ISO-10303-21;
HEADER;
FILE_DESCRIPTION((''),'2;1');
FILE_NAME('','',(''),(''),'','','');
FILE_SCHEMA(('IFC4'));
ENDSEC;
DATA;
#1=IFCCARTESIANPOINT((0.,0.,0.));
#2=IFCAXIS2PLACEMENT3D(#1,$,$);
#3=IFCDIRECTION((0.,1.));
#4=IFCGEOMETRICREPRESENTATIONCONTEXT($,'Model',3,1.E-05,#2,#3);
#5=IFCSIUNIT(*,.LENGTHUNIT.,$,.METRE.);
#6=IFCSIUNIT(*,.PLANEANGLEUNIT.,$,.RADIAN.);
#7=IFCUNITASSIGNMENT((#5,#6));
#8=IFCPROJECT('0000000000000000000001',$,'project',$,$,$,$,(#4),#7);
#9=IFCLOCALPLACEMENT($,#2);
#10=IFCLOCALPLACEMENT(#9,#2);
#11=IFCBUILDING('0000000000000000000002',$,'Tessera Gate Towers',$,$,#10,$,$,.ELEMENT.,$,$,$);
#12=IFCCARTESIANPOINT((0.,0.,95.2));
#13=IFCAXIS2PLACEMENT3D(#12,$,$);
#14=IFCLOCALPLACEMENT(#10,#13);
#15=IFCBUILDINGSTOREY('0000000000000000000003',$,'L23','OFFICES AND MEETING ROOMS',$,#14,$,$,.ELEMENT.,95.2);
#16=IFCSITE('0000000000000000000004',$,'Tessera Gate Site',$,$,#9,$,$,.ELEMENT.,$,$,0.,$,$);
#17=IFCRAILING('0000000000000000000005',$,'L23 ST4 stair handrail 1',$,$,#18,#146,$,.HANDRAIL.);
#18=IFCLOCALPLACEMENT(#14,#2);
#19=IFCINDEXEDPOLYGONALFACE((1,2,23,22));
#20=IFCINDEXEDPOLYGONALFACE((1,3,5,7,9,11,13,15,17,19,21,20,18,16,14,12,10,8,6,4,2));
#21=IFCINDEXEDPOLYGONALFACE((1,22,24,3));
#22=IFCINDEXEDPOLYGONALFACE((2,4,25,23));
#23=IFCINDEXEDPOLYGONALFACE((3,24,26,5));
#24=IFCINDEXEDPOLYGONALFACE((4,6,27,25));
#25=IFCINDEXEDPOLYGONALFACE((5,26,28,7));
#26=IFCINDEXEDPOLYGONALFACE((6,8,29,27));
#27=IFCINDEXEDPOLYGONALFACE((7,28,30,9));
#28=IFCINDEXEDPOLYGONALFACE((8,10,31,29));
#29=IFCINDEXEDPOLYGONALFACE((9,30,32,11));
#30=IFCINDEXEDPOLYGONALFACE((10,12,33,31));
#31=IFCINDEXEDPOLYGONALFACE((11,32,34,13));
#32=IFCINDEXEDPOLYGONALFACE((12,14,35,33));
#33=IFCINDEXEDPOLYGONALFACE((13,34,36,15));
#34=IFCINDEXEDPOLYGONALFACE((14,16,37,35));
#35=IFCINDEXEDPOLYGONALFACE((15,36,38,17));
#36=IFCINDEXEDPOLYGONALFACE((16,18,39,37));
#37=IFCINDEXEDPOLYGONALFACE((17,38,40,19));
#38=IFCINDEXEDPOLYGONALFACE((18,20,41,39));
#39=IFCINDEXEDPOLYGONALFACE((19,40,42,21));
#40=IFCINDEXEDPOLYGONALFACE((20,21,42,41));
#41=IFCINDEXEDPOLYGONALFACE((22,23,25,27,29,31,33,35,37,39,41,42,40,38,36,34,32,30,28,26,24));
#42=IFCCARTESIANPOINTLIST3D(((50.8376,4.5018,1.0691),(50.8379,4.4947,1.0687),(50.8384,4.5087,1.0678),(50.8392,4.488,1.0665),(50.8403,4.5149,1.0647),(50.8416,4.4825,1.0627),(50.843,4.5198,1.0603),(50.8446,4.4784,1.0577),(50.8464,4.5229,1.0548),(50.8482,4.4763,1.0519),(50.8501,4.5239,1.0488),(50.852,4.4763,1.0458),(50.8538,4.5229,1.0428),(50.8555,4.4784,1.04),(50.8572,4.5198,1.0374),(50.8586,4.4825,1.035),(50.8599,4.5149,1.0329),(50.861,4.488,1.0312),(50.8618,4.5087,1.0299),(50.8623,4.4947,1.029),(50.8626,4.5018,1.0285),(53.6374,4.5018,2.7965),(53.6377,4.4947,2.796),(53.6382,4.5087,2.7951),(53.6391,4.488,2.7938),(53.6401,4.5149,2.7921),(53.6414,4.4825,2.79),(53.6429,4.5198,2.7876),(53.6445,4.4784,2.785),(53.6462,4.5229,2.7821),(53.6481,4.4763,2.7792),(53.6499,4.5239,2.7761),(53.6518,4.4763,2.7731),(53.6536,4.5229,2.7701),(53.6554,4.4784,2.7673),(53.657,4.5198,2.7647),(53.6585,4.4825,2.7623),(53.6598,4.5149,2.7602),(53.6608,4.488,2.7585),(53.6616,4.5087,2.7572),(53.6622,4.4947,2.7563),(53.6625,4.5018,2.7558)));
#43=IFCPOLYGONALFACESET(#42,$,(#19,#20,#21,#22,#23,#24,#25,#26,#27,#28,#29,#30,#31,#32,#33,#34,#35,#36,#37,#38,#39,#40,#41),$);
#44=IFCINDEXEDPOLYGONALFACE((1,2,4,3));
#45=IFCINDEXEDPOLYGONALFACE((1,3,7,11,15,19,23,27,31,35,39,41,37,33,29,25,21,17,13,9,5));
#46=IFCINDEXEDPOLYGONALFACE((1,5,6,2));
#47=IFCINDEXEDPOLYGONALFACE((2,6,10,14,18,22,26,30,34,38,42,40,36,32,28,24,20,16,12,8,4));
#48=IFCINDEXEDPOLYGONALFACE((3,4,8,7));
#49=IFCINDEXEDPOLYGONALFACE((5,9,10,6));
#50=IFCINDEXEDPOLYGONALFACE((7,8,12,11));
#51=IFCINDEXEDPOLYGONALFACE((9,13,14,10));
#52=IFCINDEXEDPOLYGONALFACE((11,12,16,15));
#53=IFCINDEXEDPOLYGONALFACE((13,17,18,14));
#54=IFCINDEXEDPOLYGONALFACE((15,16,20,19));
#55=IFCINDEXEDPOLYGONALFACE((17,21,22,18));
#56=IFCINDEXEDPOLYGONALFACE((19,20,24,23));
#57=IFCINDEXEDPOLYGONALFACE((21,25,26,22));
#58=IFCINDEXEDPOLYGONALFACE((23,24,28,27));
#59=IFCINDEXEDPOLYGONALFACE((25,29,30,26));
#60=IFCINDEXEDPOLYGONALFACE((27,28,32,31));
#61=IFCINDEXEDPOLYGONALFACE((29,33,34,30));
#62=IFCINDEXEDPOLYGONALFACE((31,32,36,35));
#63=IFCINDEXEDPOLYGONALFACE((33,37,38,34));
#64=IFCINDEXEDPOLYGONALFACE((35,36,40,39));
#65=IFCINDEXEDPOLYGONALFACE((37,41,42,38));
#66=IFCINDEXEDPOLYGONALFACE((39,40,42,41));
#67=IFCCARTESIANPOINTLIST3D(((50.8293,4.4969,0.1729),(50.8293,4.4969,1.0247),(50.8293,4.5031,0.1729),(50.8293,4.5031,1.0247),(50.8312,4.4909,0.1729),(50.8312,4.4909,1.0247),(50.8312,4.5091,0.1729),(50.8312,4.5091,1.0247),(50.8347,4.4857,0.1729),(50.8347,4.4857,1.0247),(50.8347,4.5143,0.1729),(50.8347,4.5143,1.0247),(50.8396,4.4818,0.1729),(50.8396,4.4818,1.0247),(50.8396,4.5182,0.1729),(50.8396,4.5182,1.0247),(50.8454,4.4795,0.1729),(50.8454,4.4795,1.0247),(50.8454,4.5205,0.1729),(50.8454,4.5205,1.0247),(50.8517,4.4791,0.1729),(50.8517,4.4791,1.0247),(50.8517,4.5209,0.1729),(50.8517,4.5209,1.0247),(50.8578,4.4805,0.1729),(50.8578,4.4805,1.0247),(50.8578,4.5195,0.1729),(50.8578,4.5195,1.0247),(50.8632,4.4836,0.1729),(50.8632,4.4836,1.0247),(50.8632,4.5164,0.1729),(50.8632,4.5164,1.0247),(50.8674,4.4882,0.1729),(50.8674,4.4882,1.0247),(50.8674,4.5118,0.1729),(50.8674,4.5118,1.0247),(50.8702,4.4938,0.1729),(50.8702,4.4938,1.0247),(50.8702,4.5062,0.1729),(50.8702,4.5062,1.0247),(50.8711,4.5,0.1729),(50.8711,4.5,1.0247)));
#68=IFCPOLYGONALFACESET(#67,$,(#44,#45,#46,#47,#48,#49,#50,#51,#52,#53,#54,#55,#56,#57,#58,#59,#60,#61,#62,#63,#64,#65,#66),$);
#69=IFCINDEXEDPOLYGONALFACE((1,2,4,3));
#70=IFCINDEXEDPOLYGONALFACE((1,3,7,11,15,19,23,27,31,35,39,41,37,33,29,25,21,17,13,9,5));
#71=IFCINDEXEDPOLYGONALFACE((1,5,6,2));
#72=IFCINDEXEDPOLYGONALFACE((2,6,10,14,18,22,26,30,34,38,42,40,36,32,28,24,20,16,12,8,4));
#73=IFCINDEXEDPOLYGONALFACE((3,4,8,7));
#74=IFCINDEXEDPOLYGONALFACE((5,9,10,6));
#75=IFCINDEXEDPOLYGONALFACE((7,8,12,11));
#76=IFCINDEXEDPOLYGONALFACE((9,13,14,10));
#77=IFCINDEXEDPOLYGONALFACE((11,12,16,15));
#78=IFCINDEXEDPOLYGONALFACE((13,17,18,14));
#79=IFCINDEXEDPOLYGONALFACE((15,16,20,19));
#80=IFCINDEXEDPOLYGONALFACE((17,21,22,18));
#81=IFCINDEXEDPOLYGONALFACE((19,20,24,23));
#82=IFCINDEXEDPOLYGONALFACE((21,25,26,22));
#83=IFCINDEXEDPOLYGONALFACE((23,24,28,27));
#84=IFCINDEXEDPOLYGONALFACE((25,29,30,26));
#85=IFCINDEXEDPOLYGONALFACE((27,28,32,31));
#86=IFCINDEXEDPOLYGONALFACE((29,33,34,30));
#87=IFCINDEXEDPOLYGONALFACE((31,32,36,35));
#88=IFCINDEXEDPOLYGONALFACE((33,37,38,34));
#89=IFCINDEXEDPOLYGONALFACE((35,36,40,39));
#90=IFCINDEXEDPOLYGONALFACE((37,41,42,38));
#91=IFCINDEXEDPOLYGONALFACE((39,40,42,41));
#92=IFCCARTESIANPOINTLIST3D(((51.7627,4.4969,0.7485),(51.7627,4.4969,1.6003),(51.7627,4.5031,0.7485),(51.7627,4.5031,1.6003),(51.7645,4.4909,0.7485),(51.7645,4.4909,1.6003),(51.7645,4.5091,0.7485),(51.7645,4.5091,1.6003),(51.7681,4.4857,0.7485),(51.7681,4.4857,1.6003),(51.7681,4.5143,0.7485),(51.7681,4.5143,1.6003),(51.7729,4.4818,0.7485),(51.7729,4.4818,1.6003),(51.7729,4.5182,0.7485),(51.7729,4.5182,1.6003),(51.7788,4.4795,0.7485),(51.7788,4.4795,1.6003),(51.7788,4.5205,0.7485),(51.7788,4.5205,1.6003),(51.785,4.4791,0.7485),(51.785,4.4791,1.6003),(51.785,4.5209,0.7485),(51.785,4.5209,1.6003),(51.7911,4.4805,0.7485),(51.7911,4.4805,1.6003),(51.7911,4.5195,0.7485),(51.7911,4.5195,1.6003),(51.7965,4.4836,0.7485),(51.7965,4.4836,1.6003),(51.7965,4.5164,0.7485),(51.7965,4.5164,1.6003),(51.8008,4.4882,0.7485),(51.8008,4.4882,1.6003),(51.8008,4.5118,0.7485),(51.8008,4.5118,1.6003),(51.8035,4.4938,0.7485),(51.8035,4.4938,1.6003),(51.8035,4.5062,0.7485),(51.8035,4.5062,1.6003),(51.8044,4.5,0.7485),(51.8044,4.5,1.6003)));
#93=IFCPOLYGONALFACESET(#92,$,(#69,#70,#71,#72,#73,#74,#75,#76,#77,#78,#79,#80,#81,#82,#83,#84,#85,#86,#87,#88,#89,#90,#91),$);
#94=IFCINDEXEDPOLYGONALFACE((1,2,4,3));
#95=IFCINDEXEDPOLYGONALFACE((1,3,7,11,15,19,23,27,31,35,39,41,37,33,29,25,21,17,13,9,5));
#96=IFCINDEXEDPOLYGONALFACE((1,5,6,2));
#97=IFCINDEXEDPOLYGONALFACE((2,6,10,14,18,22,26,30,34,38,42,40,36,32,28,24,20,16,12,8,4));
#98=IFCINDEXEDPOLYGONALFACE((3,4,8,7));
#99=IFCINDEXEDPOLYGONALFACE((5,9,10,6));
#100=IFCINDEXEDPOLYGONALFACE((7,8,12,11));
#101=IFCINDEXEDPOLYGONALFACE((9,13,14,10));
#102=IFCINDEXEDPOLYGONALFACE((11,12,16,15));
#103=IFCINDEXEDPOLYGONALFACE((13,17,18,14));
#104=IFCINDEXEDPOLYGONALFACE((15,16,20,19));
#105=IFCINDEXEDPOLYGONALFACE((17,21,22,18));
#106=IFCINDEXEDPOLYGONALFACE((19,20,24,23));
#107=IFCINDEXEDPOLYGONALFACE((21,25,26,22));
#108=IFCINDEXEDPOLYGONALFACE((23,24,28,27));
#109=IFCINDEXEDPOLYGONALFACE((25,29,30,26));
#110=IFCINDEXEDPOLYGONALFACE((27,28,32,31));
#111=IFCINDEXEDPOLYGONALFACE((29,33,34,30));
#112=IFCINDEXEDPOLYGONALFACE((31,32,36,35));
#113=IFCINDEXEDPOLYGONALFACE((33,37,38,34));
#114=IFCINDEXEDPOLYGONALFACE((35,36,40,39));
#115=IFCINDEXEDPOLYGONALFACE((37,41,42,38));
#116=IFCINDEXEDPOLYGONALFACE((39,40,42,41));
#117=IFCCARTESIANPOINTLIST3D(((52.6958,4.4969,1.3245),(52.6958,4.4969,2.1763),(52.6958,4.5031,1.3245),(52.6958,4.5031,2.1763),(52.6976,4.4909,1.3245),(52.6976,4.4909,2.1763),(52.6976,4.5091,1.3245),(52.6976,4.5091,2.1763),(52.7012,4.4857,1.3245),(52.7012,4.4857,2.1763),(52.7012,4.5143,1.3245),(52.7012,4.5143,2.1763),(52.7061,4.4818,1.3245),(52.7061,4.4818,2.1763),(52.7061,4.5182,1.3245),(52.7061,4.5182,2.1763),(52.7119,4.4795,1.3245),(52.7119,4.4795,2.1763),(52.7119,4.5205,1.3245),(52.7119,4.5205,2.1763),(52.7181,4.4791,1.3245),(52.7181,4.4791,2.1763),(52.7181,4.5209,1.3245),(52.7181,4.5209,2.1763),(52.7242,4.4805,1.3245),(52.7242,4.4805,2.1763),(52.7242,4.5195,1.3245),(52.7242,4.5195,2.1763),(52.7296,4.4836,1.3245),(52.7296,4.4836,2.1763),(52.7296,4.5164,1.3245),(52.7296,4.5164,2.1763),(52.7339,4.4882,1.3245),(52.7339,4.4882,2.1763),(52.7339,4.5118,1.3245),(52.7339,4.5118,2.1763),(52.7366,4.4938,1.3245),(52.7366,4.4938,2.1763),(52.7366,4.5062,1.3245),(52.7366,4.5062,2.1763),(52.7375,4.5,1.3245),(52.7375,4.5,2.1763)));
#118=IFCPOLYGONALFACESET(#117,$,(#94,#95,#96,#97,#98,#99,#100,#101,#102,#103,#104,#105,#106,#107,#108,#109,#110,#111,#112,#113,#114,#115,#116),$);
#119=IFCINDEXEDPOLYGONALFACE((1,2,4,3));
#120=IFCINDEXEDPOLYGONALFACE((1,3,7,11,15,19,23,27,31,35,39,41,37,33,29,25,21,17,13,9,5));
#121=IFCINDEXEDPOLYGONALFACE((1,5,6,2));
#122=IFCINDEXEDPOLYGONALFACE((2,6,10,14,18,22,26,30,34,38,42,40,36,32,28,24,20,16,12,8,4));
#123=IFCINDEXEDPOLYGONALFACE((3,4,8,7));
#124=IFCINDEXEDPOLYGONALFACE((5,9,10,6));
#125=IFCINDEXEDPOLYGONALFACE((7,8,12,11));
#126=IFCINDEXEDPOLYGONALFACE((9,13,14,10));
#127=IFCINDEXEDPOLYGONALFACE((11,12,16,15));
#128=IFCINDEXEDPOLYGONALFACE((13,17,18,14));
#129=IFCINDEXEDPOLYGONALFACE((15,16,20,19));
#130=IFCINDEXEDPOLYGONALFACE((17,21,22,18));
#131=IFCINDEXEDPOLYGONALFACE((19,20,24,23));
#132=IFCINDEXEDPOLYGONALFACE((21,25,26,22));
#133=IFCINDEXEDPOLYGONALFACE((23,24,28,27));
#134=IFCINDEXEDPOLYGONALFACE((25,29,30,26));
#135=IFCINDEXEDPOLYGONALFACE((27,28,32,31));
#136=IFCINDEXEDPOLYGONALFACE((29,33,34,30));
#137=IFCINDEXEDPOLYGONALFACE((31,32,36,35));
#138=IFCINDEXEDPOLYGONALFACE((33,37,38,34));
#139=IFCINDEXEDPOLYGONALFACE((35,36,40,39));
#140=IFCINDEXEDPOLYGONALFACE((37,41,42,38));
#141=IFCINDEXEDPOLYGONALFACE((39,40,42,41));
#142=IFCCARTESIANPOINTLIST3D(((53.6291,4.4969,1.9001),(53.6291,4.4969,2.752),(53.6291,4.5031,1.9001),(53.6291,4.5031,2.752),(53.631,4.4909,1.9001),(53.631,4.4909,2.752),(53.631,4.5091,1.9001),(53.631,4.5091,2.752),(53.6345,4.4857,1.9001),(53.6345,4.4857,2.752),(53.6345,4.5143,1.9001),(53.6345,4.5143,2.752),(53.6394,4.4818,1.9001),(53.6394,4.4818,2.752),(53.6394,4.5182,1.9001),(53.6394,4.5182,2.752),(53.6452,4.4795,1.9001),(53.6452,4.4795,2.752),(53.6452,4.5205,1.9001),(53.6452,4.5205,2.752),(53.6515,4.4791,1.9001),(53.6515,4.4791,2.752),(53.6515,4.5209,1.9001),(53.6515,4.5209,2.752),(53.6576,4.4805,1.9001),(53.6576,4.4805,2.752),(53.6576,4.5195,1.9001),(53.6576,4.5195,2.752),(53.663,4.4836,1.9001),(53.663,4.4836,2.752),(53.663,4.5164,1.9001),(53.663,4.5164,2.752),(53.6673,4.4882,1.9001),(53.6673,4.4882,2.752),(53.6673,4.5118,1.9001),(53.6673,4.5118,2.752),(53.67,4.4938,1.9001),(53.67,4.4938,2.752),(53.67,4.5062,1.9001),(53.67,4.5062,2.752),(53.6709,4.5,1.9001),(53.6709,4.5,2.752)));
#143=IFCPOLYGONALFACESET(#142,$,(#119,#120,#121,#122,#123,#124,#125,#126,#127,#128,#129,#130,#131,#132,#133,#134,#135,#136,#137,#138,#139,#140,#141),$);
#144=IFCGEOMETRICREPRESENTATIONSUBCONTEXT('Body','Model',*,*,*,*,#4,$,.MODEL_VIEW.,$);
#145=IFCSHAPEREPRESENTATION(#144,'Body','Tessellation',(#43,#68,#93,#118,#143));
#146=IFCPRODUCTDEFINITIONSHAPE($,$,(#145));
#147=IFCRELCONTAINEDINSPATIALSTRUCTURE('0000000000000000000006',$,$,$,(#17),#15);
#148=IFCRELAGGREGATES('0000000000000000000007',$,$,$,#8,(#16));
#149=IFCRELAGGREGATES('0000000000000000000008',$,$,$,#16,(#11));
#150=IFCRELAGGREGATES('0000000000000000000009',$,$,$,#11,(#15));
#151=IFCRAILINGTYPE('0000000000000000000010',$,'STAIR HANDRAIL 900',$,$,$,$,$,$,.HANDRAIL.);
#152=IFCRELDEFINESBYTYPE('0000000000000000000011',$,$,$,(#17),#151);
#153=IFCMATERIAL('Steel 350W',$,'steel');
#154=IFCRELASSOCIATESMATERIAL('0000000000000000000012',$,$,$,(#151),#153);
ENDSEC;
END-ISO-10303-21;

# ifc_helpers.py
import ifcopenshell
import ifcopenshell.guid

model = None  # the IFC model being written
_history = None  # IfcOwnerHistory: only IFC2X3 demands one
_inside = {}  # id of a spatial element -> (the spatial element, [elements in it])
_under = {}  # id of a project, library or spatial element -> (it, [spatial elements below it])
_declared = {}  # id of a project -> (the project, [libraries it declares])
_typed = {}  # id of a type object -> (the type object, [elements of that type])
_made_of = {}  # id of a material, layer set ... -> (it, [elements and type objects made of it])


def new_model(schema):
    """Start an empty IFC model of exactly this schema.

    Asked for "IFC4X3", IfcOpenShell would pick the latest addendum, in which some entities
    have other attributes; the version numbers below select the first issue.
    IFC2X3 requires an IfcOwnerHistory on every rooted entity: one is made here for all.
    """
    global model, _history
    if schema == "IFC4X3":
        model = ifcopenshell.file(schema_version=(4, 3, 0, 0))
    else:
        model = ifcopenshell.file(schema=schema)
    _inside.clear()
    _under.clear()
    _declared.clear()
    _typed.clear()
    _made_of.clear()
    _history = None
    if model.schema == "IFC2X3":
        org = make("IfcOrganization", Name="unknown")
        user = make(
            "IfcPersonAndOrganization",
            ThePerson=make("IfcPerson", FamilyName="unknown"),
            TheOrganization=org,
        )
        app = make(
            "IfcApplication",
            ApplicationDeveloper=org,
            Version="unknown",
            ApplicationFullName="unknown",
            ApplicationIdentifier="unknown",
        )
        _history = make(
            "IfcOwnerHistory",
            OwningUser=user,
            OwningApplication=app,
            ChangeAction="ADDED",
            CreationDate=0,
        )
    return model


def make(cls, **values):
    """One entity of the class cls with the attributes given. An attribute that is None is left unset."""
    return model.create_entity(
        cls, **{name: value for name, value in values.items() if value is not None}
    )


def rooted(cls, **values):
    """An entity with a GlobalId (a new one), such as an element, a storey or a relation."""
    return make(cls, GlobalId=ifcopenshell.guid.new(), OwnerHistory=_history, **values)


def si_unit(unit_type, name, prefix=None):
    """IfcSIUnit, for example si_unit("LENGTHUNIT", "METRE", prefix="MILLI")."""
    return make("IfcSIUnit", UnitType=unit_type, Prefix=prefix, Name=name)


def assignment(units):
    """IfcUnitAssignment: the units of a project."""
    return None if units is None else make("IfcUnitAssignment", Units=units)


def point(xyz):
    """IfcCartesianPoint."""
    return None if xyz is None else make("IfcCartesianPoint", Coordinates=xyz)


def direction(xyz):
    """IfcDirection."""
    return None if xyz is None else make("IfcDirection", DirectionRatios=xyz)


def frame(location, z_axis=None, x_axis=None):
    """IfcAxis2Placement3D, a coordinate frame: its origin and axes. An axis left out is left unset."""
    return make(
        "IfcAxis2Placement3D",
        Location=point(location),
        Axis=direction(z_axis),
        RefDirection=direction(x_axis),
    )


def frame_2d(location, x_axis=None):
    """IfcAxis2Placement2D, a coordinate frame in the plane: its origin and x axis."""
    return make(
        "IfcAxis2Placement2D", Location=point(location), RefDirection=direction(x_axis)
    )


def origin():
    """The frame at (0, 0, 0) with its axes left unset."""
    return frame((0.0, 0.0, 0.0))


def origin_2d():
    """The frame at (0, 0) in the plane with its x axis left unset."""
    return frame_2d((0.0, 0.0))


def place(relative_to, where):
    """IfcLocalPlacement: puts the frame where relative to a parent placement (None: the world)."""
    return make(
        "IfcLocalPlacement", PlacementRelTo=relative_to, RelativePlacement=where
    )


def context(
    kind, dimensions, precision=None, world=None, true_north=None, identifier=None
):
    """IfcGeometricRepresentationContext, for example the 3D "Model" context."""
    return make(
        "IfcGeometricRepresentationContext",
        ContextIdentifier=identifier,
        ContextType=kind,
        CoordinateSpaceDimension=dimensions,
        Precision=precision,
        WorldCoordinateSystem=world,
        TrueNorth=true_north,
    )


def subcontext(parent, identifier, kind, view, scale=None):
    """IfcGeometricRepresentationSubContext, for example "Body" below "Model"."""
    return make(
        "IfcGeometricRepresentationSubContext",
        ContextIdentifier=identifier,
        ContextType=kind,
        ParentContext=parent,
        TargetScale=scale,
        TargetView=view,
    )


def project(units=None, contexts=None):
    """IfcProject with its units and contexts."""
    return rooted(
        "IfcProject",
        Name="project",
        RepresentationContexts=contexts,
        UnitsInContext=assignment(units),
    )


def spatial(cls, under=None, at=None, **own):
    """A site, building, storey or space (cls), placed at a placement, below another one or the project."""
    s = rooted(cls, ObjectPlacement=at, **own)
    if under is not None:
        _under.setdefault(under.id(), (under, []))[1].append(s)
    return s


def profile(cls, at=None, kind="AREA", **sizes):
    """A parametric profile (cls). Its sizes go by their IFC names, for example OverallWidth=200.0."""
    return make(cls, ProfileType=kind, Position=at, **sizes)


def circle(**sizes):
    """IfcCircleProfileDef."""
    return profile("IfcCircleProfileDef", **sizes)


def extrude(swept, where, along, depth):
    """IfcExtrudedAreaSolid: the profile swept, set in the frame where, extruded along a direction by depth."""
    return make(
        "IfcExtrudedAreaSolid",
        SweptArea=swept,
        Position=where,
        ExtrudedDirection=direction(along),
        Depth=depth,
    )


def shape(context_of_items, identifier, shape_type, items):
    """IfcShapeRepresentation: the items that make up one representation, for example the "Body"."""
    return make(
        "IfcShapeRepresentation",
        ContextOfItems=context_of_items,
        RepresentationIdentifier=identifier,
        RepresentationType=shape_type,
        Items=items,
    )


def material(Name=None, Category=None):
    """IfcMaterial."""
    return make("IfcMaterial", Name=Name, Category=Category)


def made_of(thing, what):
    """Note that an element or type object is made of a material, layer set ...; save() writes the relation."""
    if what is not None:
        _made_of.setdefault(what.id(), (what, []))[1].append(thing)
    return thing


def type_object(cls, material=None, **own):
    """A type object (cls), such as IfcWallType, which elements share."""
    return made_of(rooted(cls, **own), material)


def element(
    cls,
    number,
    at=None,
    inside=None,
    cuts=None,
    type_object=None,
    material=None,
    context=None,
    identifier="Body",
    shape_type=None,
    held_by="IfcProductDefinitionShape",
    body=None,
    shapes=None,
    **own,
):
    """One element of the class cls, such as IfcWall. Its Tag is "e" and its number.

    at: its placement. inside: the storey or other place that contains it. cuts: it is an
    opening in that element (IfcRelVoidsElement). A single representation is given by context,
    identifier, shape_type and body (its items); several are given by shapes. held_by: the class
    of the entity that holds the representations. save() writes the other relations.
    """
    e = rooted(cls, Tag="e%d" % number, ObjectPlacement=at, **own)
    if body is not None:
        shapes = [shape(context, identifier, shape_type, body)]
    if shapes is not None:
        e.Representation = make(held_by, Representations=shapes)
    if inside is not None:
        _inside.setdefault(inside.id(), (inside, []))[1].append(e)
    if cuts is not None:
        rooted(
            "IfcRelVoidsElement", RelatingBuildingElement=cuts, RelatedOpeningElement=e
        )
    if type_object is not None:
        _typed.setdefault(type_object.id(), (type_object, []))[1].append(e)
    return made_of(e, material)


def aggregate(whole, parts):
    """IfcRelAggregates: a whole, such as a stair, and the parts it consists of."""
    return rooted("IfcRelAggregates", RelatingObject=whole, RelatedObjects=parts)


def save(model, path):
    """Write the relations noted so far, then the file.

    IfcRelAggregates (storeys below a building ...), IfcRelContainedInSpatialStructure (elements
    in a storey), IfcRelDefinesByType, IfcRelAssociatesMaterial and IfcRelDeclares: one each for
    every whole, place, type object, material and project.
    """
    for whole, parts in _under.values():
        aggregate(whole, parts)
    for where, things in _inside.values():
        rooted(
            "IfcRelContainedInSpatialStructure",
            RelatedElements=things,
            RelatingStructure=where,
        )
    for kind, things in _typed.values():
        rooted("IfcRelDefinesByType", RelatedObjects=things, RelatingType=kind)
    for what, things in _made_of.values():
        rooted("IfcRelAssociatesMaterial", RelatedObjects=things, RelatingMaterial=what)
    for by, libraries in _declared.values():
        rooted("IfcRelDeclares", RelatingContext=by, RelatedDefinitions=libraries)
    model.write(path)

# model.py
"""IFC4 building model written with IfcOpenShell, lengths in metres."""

from ifc_helpers import new_model, si_unit, direction, frame, origin, origin_2d, place, context, subcontext, project, spatial, circle, extrude, material, type_object, element, save


model = new_model("IFC4")

# Units and contexts
model_context = context("Model", 3, precision=1e-05, world=origin(), true_north=direction((0.0, 1.0)))
body_context = subcontext(model_context, "Body", "Model", "MODEL_VIEW")
ifc_project = project(units=[si_unit("LENGTHUNIT", "METRE"), si_unit("PLANEANGLEUNIT", "RADIAN")], contexts=[model_context])

# Site, building, storey
site_placement = place(None, origin())
site = spatial("IfcSite", under=ifc_project, at=site_placement, Name="Tessera Gate Site", CompositionType="ELEMENT", RefElevation=0.0)
building_placement = place(site_placement, origin())
building = spatial("IfcBuilding", under=site, at=building_placement, Name="Tessera Gate Towers", CompositionType="ELEMENT")
storey_placement = place(building_placement, frame((0.0, 0.0, 95.2)))
storey = spatial("IfcBuildingStorey", under=building, at=storey_placement, Name="L23", Description="OFFICES AND MEETING ROOMS", CompositionType="ELEMENT", Elevation=95.2)

# Railing
ifc_material_1 = material(Name="Steel 350W", Category="steel")
railing_type_1 = type_object("IfcRailingType", Name="STAIR HANDRAIL 900", PredefinedType="HANDRAIL", material=ifc_material_1)
railing_1_placement = place(storey_placement, frame((50.8501, 4.5, 0.1729)))
element("IfcRailing", 1, at=railing_1_placement, inside=storey, type_object=railing_type_1, Name="L23 ST4 stair handrail 1", PredefinedType="HANDRAIL", context=body_context, shape_type="SweptSolid", body=[
    extrude(circle(Radius=0.0239, at=origin_2d()), frame((0.0, 0.0, 0.876), z_axis=(0.851069, 0.0, 0.525054), x_axis=(0.0, 1.0, 0.0)), (0.0, 0.0, 1.0), 3.2898),
    extrude(circle(Radius=0.021, at=origin_2d()), origin(), (0.0, 0.0, 1.0), 0.8518),
    extrude(circle(Radius=0.021, at=origin_2d()), frame((0.9333, 0.0, 0.5757)), (0.0, 0.0, 1.0), 0.8518),
    extrude(circle(Radius=0.021, at=origin_2d()), frame((1.8665, 0.0, 1.1516)), (0.0, 0.0, 1.0), 0.8518),
    extrude(circle(Radius=0.021, at=origin_2d()), frame((2.7998, 0.0, 1.7273)), (0.0, 0.0, 1.0), 0.8518),
])

save(model, "model.ifc")
